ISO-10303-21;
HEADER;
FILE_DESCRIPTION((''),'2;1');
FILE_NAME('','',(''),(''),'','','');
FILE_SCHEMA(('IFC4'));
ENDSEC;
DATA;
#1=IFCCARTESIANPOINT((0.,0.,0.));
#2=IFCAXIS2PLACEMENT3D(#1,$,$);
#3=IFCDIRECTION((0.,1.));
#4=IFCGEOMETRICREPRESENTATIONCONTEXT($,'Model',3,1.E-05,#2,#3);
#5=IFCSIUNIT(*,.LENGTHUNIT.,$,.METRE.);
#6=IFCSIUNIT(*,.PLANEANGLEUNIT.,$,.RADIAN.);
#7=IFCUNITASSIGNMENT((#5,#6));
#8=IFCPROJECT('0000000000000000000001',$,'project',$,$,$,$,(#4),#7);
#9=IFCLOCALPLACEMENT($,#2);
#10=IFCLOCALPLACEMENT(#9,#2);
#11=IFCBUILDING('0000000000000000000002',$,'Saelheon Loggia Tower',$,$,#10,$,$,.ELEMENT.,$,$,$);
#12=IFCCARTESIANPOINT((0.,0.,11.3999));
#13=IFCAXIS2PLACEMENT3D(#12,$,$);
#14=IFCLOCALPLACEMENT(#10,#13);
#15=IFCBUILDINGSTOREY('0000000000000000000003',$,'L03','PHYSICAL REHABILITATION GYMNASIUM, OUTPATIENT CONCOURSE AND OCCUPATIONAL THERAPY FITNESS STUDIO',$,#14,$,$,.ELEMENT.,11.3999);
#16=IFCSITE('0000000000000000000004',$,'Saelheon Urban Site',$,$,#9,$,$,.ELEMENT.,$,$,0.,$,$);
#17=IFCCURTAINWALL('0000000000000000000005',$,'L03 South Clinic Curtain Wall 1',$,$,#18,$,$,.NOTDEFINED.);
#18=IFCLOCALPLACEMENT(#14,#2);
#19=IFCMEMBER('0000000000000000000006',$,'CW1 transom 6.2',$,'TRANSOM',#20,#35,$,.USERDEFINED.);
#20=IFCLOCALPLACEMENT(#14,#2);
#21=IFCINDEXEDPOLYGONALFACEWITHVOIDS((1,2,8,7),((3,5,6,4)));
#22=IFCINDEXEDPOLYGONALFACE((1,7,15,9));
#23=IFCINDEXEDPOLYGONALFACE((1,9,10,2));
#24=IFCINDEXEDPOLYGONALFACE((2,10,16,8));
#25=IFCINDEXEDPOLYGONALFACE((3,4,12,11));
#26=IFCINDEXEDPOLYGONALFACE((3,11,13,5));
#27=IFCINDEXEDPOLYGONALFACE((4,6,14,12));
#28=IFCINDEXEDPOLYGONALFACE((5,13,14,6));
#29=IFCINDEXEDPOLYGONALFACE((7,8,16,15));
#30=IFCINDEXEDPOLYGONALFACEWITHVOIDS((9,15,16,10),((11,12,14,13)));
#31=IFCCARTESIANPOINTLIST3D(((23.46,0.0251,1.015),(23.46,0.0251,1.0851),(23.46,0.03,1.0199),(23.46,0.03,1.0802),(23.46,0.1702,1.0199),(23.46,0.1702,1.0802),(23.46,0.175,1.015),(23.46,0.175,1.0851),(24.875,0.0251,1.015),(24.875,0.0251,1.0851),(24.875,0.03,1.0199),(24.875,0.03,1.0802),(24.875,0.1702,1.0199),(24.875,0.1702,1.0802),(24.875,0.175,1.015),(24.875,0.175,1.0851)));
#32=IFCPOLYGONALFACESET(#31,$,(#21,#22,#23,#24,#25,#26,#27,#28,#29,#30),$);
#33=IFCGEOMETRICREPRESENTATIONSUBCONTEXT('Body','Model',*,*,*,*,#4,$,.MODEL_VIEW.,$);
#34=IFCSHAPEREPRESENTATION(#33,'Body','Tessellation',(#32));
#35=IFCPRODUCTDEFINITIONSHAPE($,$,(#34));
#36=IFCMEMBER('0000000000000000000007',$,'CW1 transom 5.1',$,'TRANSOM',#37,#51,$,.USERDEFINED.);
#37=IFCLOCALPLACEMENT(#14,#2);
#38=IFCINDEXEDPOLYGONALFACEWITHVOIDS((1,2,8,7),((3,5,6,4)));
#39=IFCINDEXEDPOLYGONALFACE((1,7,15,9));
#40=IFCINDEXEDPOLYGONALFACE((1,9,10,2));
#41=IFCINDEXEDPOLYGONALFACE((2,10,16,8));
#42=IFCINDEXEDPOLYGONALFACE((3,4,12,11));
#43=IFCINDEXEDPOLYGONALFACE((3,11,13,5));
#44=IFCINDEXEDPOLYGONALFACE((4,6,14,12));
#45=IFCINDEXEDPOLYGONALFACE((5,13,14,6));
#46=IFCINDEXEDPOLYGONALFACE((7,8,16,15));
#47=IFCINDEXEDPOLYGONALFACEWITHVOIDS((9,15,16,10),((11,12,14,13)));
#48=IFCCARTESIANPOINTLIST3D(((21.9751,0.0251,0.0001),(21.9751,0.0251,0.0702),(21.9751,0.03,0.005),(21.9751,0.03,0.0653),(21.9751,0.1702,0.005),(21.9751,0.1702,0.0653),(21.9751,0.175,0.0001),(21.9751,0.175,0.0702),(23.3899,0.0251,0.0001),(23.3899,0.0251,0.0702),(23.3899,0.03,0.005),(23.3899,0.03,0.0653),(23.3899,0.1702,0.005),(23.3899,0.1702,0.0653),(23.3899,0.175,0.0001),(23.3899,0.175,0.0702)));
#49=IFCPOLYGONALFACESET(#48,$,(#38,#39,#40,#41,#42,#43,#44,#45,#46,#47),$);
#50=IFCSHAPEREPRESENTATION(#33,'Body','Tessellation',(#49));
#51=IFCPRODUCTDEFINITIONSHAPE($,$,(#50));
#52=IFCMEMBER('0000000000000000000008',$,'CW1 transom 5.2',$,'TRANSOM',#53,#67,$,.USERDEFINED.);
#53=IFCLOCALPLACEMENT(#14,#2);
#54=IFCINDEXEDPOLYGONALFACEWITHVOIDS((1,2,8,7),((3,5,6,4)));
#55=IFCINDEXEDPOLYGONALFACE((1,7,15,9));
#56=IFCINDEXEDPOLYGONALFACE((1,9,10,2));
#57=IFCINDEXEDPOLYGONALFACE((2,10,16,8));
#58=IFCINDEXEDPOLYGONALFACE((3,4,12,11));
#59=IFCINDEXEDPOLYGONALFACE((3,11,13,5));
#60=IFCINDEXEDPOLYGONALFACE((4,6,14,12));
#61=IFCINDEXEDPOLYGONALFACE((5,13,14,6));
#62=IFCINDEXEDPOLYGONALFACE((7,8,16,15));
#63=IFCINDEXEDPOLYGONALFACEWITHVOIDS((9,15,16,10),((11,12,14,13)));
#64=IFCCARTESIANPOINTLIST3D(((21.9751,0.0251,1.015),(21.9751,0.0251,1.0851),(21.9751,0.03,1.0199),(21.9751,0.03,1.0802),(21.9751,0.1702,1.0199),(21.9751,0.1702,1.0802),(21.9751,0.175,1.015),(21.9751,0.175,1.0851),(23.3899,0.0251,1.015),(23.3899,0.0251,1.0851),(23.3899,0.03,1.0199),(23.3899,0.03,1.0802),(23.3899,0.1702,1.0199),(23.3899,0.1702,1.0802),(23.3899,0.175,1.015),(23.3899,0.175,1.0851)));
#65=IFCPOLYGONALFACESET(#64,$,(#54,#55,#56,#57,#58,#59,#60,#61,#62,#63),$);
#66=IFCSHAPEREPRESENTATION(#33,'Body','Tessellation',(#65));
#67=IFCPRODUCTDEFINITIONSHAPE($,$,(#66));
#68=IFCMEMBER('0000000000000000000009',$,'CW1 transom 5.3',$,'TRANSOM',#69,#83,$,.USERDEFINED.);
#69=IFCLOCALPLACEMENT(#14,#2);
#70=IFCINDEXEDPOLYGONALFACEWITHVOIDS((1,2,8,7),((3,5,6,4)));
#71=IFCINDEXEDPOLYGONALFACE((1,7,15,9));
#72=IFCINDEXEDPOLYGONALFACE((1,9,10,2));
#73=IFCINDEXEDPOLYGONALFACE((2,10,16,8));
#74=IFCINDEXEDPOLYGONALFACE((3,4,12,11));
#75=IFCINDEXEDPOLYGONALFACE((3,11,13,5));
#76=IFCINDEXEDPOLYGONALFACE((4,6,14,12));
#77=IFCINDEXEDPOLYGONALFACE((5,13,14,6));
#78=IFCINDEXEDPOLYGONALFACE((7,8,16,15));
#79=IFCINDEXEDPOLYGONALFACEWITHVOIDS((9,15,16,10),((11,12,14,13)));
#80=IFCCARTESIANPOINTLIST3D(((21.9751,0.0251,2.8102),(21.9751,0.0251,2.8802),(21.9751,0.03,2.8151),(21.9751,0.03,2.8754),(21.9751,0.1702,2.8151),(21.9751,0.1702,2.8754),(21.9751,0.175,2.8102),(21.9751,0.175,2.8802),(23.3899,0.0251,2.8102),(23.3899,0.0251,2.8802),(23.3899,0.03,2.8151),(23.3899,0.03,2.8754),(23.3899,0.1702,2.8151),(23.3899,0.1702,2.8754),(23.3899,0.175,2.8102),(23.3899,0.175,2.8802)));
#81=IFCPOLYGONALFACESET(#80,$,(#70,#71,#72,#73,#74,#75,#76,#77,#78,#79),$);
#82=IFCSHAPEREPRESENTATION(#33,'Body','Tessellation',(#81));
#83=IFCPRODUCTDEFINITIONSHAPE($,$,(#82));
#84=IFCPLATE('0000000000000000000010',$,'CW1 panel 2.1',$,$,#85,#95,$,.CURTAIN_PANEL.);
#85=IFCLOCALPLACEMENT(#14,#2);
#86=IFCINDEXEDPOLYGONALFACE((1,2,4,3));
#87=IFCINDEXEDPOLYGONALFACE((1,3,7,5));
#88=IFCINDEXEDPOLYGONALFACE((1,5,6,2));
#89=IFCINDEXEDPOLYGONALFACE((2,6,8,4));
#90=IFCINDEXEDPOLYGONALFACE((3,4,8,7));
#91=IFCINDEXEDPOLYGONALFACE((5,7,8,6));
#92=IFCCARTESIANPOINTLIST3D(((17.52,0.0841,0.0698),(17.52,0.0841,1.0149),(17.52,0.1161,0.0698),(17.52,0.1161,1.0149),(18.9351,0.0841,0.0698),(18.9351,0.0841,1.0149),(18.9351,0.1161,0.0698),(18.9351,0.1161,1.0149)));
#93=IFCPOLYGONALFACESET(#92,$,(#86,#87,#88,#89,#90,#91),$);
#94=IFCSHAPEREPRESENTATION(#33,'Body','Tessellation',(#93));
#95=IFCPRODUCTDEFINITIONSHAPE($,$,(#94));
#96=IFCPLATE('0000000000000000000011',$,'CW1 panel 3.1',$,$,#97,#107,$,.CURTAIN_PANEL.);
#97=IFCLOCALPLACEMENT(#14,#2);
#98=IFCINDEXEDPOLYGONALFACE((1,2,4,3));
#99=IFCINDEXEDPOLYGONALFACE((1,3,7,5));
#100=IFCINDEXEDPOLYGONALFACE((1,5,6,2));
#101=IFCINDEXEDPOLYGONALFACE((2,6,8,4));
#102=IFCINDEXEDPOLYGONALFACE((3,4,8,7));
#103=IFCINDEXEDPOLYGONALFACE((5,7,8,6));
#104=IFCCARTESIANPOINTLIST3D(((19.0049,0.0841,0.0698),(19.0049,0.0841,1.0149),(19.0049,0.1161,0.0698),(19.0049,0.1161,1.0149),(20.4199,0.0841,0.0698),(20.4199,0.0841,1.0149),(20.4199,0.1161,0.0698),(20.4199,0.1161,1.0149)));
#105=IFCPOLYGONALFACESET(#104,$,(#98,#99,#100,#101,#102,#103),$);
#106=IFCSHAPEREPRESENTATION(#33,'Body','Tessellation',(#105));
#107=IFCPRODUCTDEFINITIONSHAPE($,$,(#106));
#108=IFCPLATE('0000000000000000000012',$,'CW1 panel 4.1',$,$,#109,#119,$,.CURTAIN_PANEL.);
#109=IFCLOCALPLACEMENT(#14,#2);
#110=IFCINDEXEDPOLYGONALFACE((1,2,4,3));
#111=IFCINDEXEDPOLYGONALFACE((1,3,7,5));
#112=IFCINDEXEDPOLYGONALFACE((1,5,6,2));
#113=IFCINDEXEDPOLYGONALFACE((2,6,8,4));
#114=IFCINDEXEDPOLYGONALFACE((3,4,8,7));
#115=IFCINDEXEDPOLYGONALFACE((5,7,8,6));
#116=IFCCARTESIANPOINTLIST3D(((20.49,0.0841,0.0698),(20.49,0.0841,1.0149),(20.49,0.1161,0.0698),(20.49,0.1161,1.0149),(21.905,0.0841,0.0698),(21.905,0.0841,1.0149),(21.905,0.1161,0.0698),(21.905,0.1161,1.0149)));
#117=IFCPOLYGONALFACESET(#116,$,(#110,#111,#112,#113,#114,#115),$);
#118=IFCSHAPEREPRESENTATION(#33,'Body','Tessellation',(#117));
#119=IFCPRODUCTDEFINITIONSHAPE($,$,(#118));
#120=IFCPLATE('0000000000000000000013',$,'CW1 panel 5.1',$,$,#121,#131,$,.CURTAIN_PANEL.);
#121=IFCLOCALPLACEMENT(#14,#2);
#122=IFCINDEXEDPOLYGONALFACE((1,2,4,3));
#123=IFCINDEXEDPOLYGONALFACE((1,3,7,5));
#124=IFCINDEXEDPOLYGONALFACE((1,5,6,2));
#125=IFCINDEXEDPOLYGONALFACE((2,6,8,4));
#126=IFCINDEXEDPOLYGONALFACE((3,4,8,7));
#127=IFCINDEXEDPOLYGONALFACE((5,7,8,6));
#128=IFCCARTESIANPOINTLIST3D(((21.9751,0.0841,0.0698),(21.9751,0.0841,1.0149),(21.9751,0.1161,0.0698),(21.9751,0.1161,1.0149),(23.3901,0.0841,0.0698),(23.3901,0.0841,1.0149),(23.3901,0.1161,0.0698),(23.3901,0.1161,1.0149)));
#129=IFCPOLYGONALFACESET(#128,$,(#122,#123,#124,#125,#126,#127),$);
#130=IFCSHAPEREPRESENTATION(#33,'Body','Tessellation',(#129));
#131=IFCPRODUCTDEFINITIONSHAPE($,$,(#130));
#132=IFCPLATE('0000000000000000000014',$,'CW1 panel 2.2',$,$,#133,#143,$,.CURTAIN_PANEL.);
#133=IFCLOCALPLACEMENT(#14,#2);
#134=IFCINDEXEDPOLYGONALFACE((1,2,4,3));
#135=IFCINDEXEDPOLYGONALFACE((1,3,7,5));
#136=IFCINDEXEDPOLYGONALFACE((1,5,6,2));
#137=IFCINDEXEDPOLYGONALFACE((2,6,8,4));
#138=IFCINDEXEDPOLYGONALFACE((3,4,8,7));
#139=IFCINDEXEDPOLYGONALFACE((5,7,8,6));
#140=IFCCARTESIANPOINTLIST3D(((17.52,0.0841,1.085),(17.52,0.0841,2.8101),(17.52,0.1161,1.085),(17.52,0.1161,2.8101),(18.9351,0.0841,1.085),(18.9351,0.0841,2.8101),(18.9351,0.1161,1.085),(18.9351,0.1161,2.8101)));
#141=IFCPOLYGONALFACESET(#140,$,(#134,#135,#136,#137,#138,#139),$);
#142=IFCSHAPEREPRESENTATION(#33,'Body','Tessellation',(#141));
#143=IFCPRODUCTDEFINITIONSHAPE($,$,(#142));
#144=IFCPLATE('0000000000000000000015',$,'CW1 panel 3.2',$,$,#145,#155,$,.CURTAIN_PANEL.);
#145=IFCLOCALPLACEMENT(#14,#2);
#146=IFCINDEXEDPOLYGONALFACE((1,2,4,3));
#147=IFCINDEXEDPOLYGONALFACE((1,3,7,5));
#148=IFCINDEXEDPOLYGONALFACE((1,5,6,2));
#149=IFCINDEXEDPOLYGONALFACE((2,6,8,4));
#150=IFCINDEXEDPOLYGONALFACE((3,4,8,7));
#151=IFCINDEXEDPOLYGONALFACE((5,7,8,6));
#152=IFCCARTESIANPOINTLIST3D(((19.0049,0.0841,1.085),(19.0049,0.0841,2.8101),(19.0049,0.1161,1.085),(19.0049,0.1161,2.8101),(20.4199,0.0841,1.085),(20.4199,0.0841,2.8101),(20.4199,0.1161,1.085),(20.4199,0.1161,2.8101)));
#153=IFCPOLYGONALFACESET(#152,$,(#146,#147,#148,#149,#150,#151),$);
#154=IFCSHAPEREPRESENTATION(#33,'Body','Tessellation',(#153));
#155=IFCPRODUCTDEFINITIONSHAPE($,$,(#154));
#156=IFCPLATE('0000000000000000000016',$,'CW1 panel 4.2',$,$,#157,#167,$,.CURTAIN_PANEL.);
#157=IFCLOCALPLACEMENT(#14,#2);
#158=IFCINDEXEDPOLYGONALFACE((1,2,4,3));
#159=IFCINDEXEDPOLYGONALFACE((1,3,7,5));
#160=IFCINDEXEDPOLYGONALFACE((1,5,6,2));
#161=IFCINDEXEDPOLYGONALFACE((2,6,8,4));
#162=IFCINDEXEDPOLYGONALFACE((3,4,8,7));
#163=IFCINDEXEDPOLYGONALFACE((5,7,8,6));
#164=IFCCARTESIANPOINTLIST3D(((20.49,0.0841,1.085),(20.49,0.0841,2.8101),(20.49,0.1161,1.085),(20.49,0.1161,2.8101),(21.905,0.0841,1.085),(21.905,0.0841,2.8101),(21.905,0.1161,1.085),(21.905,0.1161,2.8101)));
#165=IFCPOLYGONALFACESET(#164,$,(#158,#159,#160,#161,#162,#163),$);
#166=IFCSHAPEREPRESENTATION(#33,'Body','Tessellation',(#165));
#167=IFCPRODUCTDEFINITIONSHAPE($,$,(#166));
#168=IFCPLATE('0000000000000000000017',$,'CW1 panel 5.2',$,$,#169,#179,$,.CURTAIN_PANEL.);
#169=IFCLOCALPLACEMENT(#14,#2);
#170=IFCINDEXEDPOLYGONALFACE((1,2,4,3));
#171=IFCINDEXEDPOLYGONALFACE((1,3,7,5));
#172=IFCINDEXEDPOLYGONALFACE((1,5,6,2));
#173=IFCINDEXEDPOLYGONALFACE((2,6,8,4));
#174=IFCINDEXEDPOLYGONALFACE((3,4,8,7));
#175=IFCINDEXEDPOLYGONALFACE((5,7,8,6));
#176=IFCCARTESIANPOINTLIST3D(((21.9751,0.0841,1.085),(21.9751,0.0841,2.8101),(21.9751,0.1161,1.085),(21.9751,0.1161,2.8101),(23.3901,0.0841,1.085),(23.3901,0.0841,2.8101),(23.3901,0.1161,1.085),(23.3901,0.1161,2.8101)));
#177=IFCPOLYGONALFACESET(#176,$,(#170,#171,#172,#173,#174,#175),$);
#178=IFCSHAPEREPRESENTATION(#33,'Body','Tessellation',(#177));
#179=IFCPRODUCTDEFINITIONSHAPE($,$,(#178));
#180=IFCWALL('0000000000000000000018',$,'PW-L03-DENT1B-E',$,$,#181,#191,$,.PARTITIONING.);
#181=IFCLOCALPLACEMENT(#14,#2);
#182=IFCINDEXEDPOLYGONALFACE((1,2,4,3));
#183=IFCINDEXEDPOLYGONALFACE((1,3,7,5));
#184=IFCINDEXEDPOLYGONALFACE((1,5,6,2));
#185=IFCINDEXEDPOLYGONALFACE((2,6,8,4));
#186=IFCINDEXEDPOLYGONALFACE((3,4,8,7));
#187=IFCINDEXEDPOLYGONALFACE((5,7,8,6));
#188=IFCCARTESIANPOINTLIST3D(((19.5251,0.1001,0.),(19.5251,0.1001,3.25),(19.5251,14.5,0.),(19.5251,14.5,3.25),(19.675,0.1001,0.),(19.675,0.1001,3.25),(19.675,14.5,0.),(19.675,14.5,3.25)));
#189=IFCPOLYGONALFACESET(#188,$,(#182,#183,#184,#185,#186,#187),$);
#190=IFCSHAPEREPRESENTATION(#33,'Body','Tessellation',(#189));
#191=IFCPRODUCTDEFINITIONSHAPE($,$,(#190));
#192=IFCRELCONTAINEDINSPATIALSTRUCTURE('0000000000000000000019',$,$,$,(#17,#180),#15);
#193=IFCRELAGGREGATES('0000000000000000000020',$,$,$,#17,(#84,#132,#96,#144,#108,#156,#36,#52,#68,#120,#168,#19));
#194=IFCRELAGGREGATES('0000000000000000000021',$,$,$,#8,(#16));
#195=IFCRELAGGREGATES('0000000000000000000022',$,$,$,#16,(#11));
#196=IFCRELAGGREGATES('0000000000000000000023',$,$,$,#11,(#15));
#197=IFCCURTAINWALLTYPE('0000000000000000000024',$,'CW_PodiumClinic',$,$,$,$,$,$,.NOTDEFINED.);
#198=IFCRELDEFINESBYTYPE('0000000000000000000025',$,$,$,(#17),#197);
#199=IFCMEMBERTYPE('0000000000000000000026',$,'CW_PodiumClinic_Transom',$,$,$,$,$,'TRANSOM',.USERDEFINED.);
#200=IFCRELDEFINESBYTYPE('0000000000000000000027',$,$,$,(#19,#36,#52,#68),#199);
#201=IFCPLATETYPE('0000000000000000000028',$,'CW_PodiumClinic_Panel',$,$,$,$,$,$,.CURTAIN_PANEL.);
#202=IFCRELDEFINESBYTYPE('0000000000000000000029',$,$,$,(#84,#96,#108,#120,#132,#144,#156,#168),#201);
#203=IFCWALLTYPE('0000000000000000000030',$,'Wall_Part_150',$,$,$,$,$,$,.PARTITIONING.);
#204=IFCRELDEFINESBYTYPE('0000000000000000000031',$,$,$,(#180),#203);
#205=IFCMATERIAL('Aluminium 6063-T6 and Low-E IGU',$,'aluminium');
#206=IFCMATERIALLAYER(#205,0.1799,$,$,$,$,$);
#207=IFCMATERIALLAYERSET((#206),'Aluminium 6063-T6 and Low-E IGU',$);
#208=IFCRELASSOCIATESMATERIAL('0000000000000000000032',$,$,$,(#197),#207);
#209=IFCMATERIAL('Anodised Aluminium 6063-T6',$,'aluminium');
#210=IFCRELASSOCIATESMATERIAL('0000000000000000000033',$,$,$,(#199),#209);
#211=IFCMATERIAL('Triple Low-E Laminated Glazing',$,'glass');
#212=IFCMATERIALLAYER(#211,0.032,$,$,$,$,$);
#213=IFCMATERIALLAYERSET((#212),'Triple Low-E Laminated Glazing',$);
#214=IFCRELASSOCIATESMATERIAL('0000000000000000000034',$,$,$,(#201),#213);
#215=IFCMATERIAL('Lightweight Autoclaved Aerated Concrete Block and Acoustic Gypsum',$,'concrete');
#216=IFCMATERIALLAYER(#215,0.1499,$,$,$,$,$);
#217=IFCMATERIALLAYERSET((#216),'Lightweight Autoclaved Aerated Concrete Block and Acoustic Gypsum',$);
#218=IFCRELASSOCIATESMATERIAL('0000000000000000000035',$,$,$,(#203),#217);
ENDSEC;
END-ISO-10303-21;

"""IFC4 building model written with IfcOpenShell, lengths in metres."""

from ifc_helpers import new_model, si_unit, direction, frame, frame_2d, origin, origin_2d, place, context, subcontext, project, spatial, rectangle, hollow_rectangle, extrude, source, transform, mapped, material, layer, layer_set, material_profile, profile_set, type_object, element, aggregate, save


model = new_model("IFC4")

# Units and contexts
model_context = context("Model", 3, precision=1e-05, world=origin(), true_north=direction((0.0, 1.0)))
body_context = subcontext(model_context, "Body", "Model", "MODEL_VIEW")
ifc_project = project(units=[si_unit("LENGTHUNIT", "METRE"), si_unit("PLANEANGLEUNIT", "RADIAN")], contexts=[model_context])

# Site, building, storey
site_placement = place(None, origin())
site = spatial("IfcSite", under=ifc_project, at=site_placement, Name="Saelheon Urban Site", CompositionType="ELEMENT", RefElevation=0.0)
building_placement = place(site_placement, origin())
building = spatial("IfcBuilding", under=site, at=building_placement, Name="Saelheon Loggia Tower", CompositionType="ELEMENT")
storey_placement = place(building_placement, frame((0.0, 0.0, 11.3999)))
storey = spatial("IfcBuildingStorey", under=building, at=storey_placement, Name="L03", Description="PHYSICAL REHABILITATION GYMNASIUM, OUTPATIENT CONCOURSE AND OCCUPATIONAL THERAPY FITNESS STUDIO", CompositionType="ELEMENT", Elevation=11.3999)

# Curtain wall, members, plates
ifc_material_1 = material(Name="Aluminium 6063-T6 and Low-E IGU", Category="aluminium")
ifc_layer_1 = layer(ifc_material_1, 0.1799)
ifc_layer_set_1 = layer_set([ifc_layer_1], Name="Aluminium 6063-T6 and Low-E IGU")
curtain_wall_type = type_object("IfcCurtainWallType", Name="CW_PodiumClinic", PredefinedType="NOTDEFINED", material=ifc_layer_set_1)
curtain_wall_placement = place(storey_placement, origin())
curtain_wall = element("IfcCurtainWall", 1, at=curtain_wall_placement, inside=storey, type_object=curtain_wall_type, Name="L03 South Clinic Curtain Wall 1", PredefinedType="NOTDEFINED")
ifc_material_2 = material(Name="Anodised Aluminium 6063-T6", Category="aluminium")
ifc_material_profile_1 = material_profile(ifc_material_2, hollow_rectangle(XDim=0.0701, YDim=0.1499, WallThickness=0.0049, at=origin_2d()), Name="RHS-150x70x5")
ifc_profile_set_1 = profile_set([ifc_material_profile_1], Name="Anodised Aluminium 6063-T6")
member_type_1 = type_object("IfcMemberType", Name="CW_PodiumClinic_Transom", ElementType="TRANSOM", PredefinedType="USERDEFINED", material=ifc_profile_set_1)
shared_shape_1 = source(origin(), body_context, "Body", "SweptSolid", [
    extrude(hollow_rectangle(XDim=0.0701, YDim=0.1499, WallThickness=0.0049, at=origin_2d()), origin(), (0.0, 0.0, 1.0), 1.415),
])
member_1_placement = place(storey_placement, frame((23.46, 0.1001, 1.05), z_axis=(1.0, 0.0, 0.0), x_axis=(0.0, 0.0, 1.0)))
member_1 = element("IfcMember", 2, at=member_1_placement, type_object=member_type_1, Name="CW1 transom 6.2", ObjectType="TRANSOM", PredefinedType="USERDEFINED", context=body_context, shape_type="MappedRepresentation", body=[
    mapped(shared_shape_1, transform((0.0, 0.0, 0.0), scale=1.0)),
])
shared_shape_2 = source(origin(), body_context, "Body", "SweptSolid", [
    extrude(hollow_rectangle(XDim=0.0701, YDim=0.1499, WallThickness=0.0049, at=origin_2d()), origin(), (0.0, 0.0, 1.0), 1.4148),
])
member_2_placement = place(storey_placement, frame((21.9751, 0.1001, 0.0352), z_axis=(1.0, 0.0, 0.0), x_axis=(0.0, 0.0, 1.0)))
member_2 = element("IfcMember", 3, at=member_2_placement, type_object=member_type_1, Name="CW1 transom 5.1", ObjectType="TRANSOM", PredefinedType="USERDEFINED", context=body_context, shape_type="MappedRepresentation", body=[
    mapped(shared_shape_2, transform((0.0, 0.0, 0.0), scale=1.0)),
])
member_3_placement = place(storey_placement, frame((21.9751, 0.1001, 1.05), z_axis=(1.0, 0.0, 0.0), x_axis=(0.0, 0.0, 1.0)))
member_3 = element("IfcMember", 4, at=member_3_placement, type_object=member_type_1, Name="CW1 transom 5.2", ObjectType="TRANSOM", PredefinedType="USERDEFINED", context=body_context, shape_type="MappedRepresentation", body=[
    mapped(shared_shape_2, transform((0.0, 0.0, 0.0), scale=1.0)),
])
member_4_placement = place(storey_placement, frame((21.9751, 0.1001, 2.8452), z_axis=(1.0, 0.0, 0.0), x_axis=(0.0, 0.0, 1.0)))
member_4 = element("IfcMember", 5, at=member_4_placement, type_object=member_type_1, Name="CW1 transom 5.3", ObjectType="TRANSOM", PredefinedType="USERDEFINED", context=body_context, shape_type="MappedRepresentation", body=[
    mapped(shared_shape_2, transform((0.0, 0.0, 0.0), scale=1.0)),
])
ifc_material_3 = material(Name="Triple Low-E Laminated Glazing", Category="glass")
ifc_layer_2 = layer(ifc_material_3, 0.032)
ifc_layer_set_2 = layer_set([ifc_layer_2], Name="Triple Low-E Laminated Glazing")
plate_type = type_object("IfcPlateType", Name="CW_PodiumClinic_Panel", PredefinedType="CURTAIN_PANEL", material=ifc_layer_set_2)
shared_shape_3 = source(origin(), body_context, "Body", "SweptSolid", [
    extrude(rectangle(XDim=1.415, YDim=0.032, at=origin_2d()), origin(), (0.0, 0.0, 1.0), 0.9451),
])
plate_1_placement = place(storey_placement, frame((18.2275, 0.1001, 0.0698), z_axis=(0.0, 0.0, 1.0), x_axis=(1.0, 0.0, 0.0)))
plate_1 = element("IfcPlate", 6, at=plate_1_placement, type_object=plate_type, Name="CW1 panel 2.1", PredefinedType="CURTAIN_PANEL", context=body_context, shape_type="MappedRepresentation", body=[
    mapped(shared_shape_3, transform((0.0, 0.0, 0.0), scale=1.0)),
])
plate_2_placement = place(storey_placement, frame((19.7124, 0.1001, 0.0698), z_axis=(0.0, 0.0, 1.0), x_axis=(1.0, 0.0, 0.0)))
plate_2 = element("IfcPlate", 7, at=plate_2_placement, type_object=plate_type, Name="CW1 panel 3.1", PredefinedType="CURTAIN_PANEL", context=body_context, shape_type="MappedRepresentation", body=[
    mapped(shared_shape_3, transform((0.0, 0.0, 0.0), scale=1.0)),
])
plate_3_placement = place(storey_placement, frame((21.1975, 0.1001, 0.0698), z_axis=(0.0, 0.0, 1.0), x_axis=(1.0, 0.0, 0.0)))
plate_3 = element("IfcPlate", 8, at=plate_3_placement, type_object=plate_type, Name="CW1 panel 4.1", PredefinedType="CURTAIN_PANEL", context=body_context, shape_type="MappedRepresentation", body=[
    mapped(shared_shape_3, transform((0.0, 0.0, 0.0), scale=1.0)),
])
plate_4_placement = place(storey_placement, frame((22.6826, 0.1001, 0.0698), z_axis=(0.0, 0.0, 1.0), x_axis=(1.0, 0.0, 0.0)))
plate_4 = element("IfcPlate", 9, at=plate_4_placement, type_object=plate_type, Name="CW1 panel 5.1", PredefinedType="CURTAIN_PANEL", context=body_context, shape_type="MappedRepresentation", body=[
    mapped(shared_shape_3, transform((0.0, 0.0, 0.0), scale=1.0)),
])
shared_shape_4 = source(origin(), body_context, "Body", "SweptSolid", [
    extrude(rectangle(XDim=1.415, YDim=0.032, at=origin_2d()), origin(), (0.0, 0.0, 1.0), 1.7251),
])
plate_5_placement = place(storey_placement, frame((18.2275, 0.1001, 1.085), z_axis=(0.0, 0.0, 1.0), x_axis=(1.0, 0.0, 0.0)))
plate_5 = element("IfcPlate", 10, at=plate_5_placement, type_object=plate_type, Name="CW1 panel 2.2", PredefinedType="CURTAIN_PANEL", context=body_context, shape_type="MappedRepresentation", body=[
    mapped(shared_shape_4, transform((0.0, 0.0, 0.0), scale=1.0)),
])
plate_6_placement = place(storey_placement, frame((19.7124, 0.1001, 1.085), z_axis=(0.0, 0.0, 1.0), x_axis=(1.0, 0.0, 0.0)))
plate_6 = element("IfcPlate", 11, at=plate_6_placement, type_object=plate_type, Name="CW1 panel 3.2", PredefinedType="CURTAIN_PANEL", context=body_context, shape_type="MappedRepresentation", body=[
    mapped(shared_shape_4, transform((0.0, 0.0, 0.0), scale=1.0)),
])
plate_7_placement = place(storey_placement, frame((21.1975, 0.1001, 1.085), z_axis=(0.0, 0.0, 1.0), x_axis=(1.0, 0.0, 0.0)))
plate_7 = element("IfcPlate", 12, at=plate_7_placement, type_object=plate_type, Name="CW1 panel 4.2", PredefinedType="CURTAIN_PANEL", context=body_context, shape_type="MappedRepresentation", body=[
    mapped(shared_shape_4, transform((0.0, 0.0, 0.0), scale=1.0)),
])
plate_8_placement = place(storey_placement, frame((22.6826, 0.1001, 1.085), z_axis=(0.0, 0.0, 1.0), x_axis=(1.0, 0.0, 0.0)))
plate_8 = element("IfcPlate", 13, at=plate_8_placement, type_object=plate_type, Name="CW1 panel 5.2", PredefinedType="CURTAIN_PANEL", context=body_context, shape_type="MappedRepresentation", body=[
    mapped(shared_shape_4, transform((0.0, 0.0, 0.0), scale=1.0)),
])
aggregate(curtain_wall, [plate_1, plate_5, plate_2, plate_6, plate_3, plate_7, member_2, member_3, member_4, plate_4, plate_8, member_1])

# Wall
ifc_material_4 = material(Name="Lightweight Autoclaved Aerated Concrete Block and Acoustic Gypsum", Category="concrete")
ifc_layer_3 = layer(ifc_material_4, 0.1499)
ifc_layer_set_3 = layer_set([ifc_layer_3], Name="Lightweight Autoclaved Aerated Concrete Block and Acoustic Gypsum")
wall_type = type_object("IfcWallType", Name="Wall_Part_150", PredefinedType="PARTITIONING", material=ifc_layer_set_3)
wall_1_placement = place(storey_placement, frame((19.6001, 0.1001, 0.0), z_axis=(0.0, 0.0, 1.0), x_axis=(0.0, 1.0, 0.0)))
element("IfcWall", 14, at=wall_1_placement, inside=storey, type_object=wall_type, Name="PW-L03-DENT1B-E", PredefinedType="PARTITIONING", context=body_context, shape_type="SweptSolid", body=[
    extrude(rectangle(XDim=14.3999, YDim=0.1499, at=frame_2d((7.2, 0.0))), origin(), (0.0, 0.0, 1.0), 3.25),
])

save(model, "model.ifc")
